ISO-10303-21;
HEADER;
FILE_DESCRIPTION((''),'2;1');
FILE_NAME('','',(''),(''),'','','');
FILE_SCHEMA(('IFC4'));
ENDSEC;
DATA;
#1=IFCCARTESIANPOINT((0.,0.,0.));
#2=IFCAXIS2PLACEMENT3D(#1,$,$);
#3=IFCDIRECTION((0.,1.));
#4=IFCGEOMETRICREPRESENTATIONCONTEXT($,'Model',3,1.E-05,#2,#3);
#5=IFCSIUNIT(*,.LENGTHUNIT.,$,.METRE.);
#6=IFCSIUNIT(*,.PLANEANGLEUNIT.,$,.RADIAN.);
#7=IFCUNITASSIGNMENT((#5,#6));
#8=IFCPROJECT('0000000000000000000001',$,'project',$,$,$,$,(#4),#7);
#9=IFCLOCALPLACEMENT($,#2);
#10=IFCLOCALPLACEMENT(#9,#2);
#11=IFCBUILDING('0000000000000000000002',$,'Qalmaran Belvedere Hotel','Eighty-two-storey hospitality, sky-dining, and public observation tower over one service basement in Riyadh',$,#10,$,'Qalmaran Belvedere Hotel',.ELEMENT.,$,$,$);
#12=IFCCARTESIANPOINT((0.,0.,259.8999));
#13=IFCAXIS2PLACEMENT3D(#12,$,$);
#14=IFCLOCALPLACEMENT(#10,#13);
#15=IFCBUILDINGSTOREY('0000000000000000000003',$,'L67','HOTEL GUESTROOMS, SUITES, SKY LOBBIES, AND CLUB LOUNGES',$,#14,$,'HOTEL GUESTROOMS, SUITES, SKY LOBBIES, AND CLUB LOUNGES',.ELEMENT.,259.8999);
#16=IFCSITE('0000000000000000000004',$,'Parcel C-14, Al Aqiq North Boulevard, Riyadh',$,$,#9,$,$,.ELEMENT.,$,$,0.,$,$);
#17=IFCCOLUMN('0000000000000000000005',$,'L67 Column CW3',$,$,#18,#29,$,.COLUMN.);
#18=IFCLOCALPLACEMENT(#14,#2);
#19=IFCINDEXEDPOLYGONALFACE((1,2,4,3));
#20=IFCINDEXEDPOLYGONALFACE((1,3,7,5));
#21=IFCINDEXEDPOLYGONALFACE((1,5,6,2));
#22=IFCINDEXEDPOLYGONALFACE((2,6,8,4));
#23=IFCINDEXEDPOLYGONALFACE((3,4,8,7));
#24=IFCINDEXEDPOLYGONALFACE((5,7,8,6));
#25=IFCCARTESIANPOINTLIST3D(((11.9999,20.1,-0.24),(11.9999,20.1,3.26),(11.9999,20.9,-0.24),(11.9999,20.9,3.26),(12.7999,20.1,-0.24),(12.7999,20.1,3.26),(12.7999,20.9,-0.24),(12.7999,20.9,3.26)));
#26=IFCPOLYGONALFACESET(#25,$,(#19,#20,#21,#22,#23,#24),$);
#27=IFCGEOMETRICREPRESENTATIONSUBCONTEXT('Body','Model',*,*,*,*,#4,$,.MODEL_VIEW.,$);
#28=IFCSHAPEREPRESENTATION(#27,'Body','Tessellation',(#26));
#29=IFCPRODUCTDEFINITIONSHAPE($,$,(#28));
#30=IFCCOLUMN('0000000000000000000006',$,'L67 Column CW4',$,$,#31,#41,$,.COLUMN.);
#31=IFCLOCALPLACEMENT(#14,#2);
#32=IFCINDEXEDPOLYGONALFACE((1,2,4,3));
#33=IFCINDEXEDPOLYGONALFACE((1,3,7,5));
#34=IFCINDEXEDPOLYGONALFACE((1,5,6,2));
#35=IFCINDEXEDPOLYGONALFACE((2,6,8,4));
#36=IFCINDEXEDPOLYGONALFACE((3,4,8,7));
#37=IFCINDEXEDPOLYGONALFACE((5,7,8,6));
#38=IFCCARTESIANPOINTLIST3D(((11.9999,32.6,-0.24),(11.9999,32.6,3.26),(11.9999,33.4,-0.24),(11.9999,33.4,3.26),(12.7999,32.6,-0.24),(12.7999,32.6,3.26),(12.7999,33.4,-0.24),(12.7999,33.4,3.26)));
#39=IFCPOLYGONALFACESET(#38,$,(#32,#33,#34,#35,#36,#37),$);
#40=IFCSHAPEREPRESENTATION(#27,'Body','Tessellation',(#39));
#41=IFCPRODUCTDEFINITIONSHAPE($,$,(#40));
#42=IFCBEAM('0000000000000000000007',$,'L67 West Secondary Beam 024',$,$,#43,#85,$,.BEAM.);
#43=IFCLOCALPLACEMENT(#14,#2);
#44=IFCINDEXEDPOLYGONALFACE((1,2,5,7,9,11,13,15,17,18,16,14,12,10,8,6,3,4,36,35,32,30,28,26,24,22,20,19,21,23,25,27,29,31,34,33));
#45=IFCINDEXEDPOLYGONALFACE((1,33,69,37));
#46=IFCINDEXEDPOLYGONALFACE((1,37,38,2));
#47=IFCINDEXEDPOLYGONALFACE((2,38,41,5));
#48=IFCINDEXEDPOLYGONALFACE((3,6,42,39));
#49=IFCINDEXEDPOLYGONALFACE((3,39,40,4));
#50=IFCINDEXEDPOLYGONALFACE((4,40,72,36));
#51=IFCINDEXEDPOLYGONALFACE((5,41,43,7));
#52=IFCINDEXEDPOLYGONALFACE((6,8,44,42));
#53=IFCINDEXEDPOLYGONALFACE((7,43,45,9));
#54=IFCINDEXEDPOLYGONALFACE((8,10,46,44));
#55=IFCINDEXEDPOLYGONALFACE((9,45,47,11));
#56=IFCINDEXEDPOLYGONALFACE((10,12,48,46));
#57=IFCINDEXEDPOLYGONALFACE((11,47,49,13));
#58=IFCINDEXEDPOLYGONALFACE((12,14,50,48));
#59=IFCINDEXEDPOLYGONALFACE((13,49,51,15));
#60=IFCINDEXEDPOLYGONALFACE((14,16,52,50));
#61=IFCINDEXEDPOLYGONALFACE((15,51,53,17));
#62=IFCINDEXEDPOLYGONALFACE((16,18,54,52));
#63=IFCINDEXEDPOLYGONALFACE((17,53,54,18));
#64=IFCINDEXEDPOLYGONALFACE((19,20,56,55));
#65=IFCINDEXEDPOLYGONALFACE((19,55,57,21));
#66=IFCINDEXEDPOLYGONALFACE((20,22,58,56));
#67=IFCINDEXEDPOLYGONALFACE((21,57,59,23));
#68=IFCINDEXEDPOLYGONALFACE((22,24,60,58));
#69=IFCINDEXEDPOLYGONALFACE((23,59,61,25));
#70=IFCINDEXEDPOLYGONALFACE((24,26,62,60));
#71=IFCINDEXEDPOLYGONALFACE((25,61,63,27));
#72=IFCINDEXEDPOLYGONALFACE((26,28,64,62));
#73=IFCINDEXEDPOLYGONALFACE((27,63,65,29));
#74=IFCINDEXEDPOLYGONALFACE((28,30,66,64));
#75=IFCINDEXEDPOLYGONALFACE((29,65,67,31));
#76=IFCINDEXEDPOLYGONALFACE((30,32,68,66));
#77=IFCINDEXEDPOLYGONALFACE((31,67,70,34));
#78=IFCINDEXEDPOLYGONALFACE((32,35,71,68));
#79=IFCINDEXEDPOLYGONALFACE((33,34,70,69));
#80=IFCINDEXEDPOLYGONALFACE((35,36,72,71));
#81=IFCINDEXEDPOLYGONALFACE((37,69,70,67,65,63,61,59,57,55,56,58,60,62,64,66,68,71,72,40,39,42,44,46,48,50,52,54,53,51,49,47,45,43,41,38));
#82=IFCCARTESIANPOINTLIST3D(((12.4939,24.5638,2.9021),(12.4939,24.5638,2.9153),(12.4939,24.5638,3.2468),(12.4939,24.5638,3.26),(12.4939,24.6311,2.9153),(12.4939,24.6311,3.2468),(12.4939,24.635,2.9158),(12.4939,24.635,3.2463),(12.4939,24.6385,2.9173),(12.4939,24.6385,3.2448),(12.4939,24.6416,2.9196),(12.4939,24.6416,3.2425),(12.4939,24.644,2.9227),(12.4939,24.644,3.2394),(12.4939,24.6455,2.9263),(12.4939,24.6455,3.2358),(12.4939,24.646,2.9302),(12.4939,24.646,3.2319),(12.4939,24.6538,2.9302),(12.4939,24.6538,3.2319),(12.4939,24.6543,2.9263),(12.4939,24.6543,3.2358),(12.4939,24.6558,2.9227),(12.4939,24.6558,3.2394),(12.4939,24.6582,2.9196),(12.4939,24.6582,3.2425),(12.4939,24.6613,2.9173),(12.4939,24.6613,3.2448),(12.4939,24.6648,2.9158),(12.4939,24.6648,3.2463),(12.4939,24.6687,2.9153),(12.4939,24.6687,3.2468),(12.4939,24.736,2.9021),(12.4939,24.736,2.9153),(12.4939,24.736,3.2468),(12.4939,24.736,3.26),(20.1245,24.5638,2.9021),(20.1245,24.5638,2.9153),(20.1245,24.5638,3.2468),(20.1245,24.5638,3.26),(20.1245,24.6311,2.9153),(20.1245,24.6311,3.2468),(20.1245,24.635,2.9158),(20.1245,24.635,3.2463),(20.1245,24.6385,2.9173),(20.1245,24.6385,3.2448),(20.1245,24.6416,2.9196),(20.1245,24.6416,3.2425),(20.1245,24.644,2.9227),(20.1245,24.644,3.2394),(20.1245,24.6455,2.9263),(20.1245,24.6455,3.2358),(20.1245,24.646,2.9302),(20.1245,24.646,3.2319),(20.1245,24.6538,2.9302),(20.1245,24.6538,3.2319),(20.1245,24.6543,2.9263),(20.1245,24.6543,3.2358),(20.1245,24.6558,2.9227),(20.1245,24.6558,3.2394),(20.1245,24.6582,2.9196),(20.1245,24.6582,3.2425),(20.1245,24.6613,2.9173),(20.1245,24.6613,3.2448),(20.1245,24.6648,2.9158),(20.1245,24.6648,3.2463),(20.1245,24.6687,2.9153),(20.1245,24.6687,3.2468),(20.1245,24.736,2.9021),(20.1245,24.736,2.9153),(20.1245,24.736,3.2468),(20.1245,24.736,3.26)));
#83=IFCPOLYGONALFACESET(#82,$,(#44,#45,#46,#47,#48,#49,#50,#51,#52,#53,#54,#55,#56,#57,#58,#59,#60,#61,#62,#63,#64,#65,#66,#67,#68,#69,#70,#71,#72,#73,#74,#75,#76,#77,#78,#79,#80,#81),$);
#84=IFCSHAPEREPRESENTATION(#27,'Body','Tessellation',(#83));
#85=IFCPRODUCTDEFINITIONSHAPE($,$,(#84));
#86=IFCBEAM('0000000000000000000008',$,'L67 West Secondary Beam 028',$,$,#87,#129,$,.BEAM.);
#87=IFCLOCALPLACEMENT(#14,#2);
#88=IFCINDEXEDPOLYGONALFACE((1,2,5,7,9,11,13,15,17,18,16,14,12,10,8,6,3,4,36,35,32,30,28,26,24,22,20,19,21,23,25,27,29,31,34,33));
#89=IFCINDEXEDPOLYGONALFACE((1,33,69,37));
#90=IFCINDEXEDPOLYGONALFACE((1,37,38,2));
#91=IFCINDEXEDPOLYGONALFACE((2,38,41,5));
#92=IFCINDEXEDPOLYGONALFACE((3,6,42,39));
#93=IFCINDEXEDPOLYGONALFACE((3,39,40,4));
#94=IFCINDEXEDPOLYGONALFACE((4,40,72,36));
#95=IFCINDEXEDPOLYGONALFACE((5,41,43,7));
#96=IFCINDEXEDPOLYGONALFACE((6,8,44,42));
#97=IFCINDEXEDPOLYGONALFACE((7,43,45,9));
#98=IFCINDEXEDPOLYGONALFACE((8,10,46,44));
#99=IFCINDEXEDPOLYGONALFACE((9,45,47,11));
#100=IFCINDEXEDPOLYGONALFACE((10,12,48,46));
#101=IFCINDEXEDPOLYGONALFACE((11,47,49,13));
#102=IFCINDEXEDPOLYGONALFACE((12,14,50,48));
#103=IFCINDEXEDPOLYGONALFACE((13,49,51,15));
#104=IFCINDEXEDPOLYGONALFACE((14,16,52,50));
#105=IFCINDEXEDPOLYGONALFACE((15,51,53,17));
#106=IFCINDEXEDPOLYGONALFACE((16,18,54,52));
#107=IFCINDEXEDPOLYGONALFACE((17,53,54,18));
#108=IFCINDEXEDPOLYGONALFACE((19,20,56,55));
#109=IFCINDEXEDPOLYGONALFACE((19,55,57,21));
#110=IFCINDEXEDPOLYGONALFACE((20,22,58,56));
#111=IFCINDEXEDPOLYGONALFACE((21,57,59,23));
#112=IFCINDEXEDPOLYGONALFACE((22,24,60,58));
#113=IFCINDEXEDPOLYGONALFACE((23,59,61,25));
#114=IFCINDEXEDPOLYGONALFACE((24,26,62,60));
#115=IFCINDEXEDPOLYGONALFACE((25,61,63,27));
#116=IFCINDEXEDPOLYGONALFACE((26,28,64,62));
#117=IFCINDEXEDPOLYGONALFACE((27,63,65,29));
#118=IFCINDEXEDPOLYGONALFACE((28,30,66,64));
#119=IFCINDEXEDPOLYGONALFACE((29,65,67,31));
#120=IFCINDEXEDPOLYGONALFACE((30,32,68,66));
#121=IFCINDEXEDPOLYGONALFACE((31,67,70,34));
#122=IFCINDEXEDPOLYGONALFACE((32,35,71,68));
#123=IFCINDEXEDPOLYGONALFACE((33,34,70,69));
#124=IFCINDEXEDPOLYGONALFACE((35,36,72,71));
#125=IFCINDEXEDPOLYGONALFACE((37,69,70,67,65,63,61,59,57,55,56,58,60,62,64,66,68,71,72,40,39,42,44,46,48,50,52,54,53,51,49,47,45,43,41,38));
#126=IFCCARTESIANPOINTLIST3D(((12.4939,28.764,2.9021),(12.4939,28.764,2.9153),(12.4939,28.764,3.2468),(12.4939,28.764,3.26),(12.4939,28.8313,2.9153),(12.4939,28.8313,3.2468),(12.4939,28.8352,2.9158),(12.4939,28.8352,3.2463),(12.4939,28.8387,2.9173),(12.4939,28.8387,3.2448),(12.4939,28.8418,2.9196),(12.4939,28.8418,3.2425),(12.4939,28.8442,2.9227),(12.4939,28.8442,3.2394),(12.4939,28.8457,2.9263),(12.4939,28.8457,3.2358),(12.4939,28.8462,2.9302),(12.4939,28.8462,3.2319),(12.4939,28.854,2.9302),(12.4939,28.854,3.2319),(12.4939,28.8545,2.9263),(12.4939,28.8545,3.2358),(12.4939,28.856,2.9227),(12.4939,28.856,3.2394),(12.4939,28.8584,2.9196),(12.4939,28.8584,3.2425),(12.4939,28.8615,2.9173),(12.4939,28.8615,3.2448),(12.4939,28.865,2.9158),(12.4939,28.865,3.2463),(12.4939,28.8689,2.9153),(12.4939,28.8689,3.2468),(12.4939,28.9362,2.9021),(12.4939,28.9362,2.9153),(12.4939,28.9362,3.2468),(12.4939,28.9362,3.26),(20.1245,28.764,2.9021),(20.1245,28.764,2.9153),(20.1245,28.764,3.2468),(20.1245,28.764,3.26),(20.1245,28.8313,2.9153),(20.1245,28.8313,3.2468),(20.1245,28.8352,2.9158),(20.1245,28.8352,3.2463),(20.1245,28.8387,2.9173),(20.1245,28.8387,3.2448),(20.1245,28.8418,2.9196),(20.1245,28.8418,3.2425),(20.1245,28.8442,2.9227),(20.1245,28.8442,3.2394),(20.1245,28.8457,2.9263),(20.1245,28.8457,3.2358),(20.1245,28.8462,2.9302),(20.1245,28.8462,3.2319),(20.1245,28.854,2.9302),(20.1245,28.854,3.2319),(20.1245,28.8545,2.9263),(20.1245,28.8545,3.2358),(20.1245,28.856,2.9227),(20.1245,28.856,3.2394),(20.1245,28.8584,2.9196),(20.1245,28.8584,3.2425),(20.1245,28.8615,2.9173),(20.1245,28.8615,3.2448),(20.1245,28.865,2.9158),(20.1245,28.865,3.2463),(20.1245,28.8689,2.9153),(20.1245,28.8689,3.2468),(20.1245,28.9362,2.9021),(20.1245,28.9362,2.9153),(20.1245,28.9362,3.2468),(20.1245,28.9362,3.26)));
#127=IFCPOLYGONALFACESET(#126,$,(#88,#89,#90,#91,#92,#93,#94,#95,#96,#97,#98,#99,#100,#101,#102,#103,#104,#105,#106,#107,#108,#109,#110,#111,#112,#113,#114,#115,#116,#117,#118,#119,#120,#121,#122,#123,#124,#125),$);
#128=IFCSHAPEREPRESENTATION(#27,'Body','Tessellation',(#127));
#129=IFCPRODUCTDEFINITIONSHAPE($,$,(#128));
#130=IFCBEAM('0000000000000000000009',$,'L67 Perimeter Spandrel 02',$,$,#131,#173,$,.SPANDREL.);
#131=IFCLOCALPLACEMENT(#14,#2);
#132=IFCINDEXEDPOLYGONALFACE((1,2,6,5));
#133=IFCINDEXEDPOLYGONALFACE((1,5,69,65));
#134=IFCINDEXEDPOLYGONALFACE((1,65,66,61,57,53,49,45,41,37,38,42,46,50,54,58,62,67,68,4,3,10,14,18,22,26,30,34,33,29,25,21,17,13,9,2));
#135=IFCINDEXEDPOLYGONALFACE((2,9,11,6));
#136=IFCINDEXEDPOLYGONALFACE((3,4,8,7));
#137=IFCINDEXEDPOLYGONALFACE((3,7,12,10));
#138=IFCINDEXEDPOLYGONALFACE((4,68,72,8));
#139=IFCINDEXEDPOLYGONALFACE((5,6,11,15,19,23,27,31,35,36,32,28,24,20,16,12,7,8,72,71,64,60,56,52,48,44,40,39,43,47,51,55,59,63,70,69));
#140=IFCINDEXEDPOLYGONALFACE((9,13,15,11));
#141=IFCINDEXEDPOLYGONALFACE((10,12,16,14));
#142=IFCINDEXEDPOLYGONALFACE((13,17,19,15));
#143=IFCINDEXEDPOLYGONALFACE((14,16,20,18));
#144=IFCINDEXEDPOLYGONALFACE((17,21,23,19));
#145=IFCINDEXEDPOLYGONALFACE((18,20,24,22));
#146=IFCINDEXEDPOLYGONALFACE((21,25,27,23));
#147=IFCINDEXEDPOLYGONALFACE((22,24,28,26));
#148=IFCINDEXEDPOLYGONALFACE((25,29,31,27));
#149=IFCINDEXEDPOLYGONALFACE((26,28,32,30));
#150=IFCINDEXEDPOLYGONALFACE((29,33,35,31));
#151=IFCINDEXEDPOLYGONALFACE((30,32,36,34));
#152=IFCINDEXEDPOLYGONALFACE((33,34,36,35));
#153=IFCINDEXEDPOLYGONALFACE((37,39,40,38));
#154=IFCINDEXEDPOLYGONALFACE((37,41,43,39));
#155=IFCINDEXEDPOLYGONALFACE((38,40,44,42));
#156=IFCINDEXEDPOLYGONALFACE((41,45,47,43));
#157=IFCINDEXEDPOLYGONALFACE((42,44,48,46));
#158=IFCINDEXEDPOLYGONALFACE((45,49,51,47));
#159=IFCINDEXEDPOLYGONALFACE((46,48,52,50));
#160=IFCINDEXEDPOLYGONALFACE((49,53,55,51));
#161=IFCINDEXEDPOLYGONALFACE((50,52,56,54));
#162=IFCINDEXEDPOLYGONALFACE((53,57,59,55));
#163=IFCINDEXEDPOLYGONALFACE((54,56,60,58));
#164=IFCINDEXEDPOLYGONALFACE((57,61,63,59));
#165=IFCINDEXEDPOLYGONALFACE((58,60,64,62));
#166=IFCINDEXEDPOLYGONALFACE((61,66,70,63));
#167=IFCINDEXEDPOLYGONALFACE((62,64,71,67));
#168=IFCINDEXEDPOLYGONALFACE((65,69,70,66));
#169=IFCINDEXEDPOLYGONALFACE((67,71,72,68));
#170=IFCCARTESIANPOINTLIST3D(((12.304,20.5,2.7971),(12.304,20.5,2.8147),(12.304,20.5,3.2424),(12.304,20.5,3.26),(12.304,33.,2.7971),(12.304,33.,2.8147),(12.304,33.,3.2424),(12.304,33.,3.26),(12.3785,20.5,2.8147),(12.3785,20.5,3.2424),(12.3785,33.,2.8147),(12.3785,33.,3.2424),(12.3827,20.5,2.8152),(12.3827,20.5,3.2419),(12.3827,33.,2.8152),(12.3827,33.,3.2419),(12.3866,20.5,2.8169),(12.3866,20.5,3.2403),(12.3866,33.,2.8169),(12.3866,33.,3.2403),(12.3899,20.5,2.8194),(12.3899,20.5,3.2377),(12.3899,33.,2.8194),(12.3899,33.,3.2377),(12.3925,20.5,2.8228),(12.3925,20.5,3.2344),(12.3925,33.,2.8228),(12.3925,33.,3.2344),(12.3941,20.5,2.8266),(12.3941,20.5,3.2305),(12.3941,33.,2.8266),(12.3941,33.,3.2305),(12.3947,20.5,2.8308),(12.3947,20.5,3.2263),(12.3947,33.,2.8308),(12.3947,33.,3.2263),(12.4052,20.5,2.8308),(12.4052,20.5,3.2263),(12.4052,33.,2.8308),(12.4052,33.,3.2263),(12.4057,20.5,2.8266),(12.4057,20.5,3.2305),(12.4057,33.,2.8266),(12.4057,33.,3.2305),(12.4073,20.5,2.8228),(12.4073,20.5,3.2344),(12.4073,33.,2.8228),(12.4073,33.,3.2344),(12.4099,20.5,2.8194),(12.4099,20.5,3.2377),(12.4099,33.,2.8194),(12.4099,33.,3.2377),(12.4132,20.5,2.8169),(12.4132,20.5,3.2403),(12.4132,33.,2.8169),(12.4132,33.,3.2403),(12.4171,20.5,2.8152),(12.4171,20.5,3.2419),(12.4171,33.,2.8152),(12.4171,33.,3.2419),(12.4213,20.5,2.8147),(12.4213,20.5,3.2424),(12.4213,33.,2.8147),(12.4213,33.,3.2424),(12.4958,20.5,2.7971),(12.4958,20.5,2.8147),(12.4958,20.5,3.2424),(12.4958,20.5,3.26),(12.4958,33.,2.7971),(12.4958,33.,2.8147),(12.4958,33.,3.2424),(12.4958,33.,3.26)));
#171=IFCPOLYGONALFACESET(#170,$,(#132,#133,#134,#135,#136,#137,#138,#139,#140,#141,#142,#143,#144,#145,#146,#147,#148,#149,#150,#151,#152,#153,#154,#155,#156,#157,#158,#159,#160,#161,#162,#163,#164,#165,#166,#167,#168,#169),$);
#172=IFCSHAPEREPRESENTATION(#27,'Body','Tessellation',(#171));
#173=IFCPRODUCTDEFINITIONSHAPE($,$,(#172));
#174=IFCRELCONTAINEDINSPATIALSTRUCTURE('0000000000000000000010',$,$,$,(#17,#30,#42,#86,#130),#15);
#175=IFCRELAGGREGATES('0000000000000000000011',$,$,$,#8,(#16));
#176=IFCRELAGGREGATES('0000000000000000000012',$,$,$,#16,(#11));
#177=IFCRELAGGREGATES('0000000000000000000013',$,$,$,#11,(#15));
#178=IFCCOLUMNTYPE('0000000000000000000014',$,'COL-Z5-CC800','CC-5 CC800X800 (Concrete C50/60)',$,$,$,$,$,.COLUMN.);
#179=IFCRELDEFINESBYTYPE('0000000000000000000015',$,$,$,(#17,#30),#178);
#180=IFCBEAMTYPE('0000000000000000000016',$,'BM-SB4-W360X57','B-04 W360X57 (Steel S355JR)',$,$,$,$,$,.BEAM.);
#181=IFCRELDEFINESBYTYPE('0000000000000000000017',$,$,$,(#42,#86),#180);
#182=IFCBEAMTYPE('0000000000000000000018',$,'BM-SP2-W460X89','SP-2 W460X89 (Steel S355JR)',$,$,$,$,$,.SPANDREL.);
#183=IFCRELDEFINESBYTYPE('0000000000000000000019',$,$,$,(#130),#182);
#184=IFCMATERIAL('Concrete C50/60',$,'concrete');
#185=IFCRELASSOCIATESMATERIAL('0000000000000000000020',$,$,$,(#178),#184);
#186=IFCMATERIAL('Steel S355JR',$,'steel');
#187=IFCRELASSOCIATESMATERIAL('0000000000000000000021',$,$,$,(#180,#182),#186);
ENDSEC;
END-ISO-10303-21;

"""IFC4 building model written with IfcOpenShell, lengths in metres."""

from ifc_helpers import new_model, si_unit, direction, frame, origin, origin_2d, place, context, subcontext, project, spatial, rectangle, i_section, extrude, material, material_profile, profile_set, type_object, element, save


model = new_model("IFC4")

# Units and contexts
model_context = context("Model", 3, precision=1e-05, world=origin(), true_north=direction((0.0, 1.0)))
body_context = subcontext(model_context, "Body", "Model", "MODEL_VIEW")
ifc_project = project(units=[si_unit("LENGTHUNIT", "METRE"), si_unit("PLANEANGLEUNIT", "RADIAN")], contexts=[model_context])

# Site, building, storey
site_placement = place(None, origin())
site = spatial("IfcSite", under=ifc_project, at=site_placement, Name="Parcel C-14, Al Aqiq North Boulevard, Riyadh", CompositionType="ELEMENT", RefElevation=0.0)
building_placement = place(site_placement, origin())
building = spatial("IfcBuilding", under=site, at=building_placement, Name="Qalmaran Belvedere Hotel", Description="Eighty-two-storey hospitality, sky-dining, and public observation tower over one service basement in Riyadh", LongName="Qalmaran Belvedere Hotel", CompositionType="ELEMENT")
storey_placement = place(building_placement, frame((0.0, 0.0, 259.8999)))
storey = spatial("IfcBuildingStorey", under=building, at=storey_placement, Name="L67", Description="HOTEL GUESTROOMS, SUITES, SKY LOBBIES, AND CLUB LOUNGES", LongName="HOTEL GUESTROOMS, SUITES, SKY LOBBIES, AND CLUB LOUNGES", CompositionType="ELEMENT", Elevation=259.8999)

# Columns
ifc_material_1 = material(Name="Concrete C50/60", Category="concrete")
ifc_material_profile_1 = material_profile(ifc_material_1, rectangle(XDim=0.8, YDim=0.8, at=origin_2d()), Name="CC800X800")
ifc_profile_set_1 = profile_set([ifc_material_profile_1], Name="Concrete C50/60")
column_type = type_object("IfcColumnType", Name="COL-Z5-CC800", Description="CC-5 CC800X800 (Concrete C50/60)", PredefinedType="COLUMN", material=ifc_profile_set_1)
for number, where, z_axis, x_axis, name in (
    (1, (12.3999, 20.5, -0.24), (0.0, 0.0, 1.0), (1.0, 0.0, 0.0), "L67 Column CW3"),
    (2, (12.3999, 33.0, -0.24), (0.0, 0.0, 1.0), (1.0, 0.0, 0.0), "L67 Column CW4"),
):
    element("IfcColumn", number, at=place(storey_placement, frame(where, z_axis=z_axis, x_axis=x_axis)), inside=storey, type_object=column_type, Name=name, PredefinedType="COLUMN", context=body_context, shape_type="SweptSolid", body=[
        extrude(rectangle(XDim=0.8, YDim=0.8, at=origin_2d()), origin(), (0.0, 0.0, 1.0), 3.5),
    ])

# Beams
ifc_material_2 = material(Name="Steel S355JR", Category="steel")
ifc_material_profile_2 = material_profile(ifc_material_2, i_section(OverallWidth=0.1721, OverallDepth=0.3579, WebThickness=0.0078, FlangeThickness=0.0132, FilletRadius=0.0149, at=origin_2d()), Name="W360X57")
ifc_profile_set_2 = profile_set([ifc_material_profile_2], Name="Steel S355JR")
beam_type_1 = type_object("IfcBeamType", Name="BM-SB4-W360X57", Description="B-04 W360X57 (Steel S355JR)", PredefinedType="BEAM", material=ifc_profile_set_2)
for number, where, z_axis, x_axis, name in (
    (3, (12.4939, 24.6499, 3.0811), (1.0, 0.0, 0.0), (0.0, 1.0, 0.0), "L67 West Secondary Beam 024"),
    (4, (12.4939, 28.8501, 3.0811), (1.0, 0.0, 0.0), (0.0, 1.0, 0.0), "L67 West Secondary Beam 028"),
):
    element("IfcBeam", number, at=place(storey_placement, frame(where, z_axis=z_axis, x_axis=x_axis)), inside=storey, type_object=beam_type_1, Name=name, PredefinedType="BEAM", context=body_context, shape_type="SweptSolid", body=[
        extrude(i_section(OverallWidth=0.1721, OverallDepth=0.3579, WebThickness=0.0078, FlangeThickness=0.0132, FilletRadius=0.0149, at=origin_2d()), origin(), (0.0, 0.0, 1.0), 7.6306),
    ])
ifc_material_profile_3 = material_profile(ifc_material_2, i_section(OverallWidth=0.1919, OverallDepth=0.4629, WebThickness=0.0105, FlangeThickness=0.0176, FilletRadius=0.0161, at=origin_2d()), Name="W460X89")
ifc_profile_set_3 = profile_set([ifc_material_profile_3], Name="Steel S355JR")
beam_type_2 = type_object("IfcBeamType", Name="BM-SP2-W460X89", Description="SP-2 W460X89 (Steel S355JR)", PredefinedType="SPANDREL", material=ifc_profile_set_3)
beam_placement = place(storey_placement, frame((12.3999, 20.5, 3.0286), z_axis=(0.0, 1.0, 0.0), x_axis=(-1.0, 0.0, 0.0)))
element("IfcBeam", 5, at=beam_placement, inside=storey, type_object=beam_type_2, Name="L67 Perimeter Spandrel 02", PredefinedType="SPANDREL", context=body_context, shape_type="SweptSolid", body=[
    extrude(i_section(OverallWidth=0.1919, OverallDepth=0.4629, WebThickness=0.0105, FlangeThickness=0.0176, FilletRadius=0.0161, at=origin_2d()), origin(), (0.0, 0.0, 1.0), 12.5),
])

save(model, "model.ifc")
